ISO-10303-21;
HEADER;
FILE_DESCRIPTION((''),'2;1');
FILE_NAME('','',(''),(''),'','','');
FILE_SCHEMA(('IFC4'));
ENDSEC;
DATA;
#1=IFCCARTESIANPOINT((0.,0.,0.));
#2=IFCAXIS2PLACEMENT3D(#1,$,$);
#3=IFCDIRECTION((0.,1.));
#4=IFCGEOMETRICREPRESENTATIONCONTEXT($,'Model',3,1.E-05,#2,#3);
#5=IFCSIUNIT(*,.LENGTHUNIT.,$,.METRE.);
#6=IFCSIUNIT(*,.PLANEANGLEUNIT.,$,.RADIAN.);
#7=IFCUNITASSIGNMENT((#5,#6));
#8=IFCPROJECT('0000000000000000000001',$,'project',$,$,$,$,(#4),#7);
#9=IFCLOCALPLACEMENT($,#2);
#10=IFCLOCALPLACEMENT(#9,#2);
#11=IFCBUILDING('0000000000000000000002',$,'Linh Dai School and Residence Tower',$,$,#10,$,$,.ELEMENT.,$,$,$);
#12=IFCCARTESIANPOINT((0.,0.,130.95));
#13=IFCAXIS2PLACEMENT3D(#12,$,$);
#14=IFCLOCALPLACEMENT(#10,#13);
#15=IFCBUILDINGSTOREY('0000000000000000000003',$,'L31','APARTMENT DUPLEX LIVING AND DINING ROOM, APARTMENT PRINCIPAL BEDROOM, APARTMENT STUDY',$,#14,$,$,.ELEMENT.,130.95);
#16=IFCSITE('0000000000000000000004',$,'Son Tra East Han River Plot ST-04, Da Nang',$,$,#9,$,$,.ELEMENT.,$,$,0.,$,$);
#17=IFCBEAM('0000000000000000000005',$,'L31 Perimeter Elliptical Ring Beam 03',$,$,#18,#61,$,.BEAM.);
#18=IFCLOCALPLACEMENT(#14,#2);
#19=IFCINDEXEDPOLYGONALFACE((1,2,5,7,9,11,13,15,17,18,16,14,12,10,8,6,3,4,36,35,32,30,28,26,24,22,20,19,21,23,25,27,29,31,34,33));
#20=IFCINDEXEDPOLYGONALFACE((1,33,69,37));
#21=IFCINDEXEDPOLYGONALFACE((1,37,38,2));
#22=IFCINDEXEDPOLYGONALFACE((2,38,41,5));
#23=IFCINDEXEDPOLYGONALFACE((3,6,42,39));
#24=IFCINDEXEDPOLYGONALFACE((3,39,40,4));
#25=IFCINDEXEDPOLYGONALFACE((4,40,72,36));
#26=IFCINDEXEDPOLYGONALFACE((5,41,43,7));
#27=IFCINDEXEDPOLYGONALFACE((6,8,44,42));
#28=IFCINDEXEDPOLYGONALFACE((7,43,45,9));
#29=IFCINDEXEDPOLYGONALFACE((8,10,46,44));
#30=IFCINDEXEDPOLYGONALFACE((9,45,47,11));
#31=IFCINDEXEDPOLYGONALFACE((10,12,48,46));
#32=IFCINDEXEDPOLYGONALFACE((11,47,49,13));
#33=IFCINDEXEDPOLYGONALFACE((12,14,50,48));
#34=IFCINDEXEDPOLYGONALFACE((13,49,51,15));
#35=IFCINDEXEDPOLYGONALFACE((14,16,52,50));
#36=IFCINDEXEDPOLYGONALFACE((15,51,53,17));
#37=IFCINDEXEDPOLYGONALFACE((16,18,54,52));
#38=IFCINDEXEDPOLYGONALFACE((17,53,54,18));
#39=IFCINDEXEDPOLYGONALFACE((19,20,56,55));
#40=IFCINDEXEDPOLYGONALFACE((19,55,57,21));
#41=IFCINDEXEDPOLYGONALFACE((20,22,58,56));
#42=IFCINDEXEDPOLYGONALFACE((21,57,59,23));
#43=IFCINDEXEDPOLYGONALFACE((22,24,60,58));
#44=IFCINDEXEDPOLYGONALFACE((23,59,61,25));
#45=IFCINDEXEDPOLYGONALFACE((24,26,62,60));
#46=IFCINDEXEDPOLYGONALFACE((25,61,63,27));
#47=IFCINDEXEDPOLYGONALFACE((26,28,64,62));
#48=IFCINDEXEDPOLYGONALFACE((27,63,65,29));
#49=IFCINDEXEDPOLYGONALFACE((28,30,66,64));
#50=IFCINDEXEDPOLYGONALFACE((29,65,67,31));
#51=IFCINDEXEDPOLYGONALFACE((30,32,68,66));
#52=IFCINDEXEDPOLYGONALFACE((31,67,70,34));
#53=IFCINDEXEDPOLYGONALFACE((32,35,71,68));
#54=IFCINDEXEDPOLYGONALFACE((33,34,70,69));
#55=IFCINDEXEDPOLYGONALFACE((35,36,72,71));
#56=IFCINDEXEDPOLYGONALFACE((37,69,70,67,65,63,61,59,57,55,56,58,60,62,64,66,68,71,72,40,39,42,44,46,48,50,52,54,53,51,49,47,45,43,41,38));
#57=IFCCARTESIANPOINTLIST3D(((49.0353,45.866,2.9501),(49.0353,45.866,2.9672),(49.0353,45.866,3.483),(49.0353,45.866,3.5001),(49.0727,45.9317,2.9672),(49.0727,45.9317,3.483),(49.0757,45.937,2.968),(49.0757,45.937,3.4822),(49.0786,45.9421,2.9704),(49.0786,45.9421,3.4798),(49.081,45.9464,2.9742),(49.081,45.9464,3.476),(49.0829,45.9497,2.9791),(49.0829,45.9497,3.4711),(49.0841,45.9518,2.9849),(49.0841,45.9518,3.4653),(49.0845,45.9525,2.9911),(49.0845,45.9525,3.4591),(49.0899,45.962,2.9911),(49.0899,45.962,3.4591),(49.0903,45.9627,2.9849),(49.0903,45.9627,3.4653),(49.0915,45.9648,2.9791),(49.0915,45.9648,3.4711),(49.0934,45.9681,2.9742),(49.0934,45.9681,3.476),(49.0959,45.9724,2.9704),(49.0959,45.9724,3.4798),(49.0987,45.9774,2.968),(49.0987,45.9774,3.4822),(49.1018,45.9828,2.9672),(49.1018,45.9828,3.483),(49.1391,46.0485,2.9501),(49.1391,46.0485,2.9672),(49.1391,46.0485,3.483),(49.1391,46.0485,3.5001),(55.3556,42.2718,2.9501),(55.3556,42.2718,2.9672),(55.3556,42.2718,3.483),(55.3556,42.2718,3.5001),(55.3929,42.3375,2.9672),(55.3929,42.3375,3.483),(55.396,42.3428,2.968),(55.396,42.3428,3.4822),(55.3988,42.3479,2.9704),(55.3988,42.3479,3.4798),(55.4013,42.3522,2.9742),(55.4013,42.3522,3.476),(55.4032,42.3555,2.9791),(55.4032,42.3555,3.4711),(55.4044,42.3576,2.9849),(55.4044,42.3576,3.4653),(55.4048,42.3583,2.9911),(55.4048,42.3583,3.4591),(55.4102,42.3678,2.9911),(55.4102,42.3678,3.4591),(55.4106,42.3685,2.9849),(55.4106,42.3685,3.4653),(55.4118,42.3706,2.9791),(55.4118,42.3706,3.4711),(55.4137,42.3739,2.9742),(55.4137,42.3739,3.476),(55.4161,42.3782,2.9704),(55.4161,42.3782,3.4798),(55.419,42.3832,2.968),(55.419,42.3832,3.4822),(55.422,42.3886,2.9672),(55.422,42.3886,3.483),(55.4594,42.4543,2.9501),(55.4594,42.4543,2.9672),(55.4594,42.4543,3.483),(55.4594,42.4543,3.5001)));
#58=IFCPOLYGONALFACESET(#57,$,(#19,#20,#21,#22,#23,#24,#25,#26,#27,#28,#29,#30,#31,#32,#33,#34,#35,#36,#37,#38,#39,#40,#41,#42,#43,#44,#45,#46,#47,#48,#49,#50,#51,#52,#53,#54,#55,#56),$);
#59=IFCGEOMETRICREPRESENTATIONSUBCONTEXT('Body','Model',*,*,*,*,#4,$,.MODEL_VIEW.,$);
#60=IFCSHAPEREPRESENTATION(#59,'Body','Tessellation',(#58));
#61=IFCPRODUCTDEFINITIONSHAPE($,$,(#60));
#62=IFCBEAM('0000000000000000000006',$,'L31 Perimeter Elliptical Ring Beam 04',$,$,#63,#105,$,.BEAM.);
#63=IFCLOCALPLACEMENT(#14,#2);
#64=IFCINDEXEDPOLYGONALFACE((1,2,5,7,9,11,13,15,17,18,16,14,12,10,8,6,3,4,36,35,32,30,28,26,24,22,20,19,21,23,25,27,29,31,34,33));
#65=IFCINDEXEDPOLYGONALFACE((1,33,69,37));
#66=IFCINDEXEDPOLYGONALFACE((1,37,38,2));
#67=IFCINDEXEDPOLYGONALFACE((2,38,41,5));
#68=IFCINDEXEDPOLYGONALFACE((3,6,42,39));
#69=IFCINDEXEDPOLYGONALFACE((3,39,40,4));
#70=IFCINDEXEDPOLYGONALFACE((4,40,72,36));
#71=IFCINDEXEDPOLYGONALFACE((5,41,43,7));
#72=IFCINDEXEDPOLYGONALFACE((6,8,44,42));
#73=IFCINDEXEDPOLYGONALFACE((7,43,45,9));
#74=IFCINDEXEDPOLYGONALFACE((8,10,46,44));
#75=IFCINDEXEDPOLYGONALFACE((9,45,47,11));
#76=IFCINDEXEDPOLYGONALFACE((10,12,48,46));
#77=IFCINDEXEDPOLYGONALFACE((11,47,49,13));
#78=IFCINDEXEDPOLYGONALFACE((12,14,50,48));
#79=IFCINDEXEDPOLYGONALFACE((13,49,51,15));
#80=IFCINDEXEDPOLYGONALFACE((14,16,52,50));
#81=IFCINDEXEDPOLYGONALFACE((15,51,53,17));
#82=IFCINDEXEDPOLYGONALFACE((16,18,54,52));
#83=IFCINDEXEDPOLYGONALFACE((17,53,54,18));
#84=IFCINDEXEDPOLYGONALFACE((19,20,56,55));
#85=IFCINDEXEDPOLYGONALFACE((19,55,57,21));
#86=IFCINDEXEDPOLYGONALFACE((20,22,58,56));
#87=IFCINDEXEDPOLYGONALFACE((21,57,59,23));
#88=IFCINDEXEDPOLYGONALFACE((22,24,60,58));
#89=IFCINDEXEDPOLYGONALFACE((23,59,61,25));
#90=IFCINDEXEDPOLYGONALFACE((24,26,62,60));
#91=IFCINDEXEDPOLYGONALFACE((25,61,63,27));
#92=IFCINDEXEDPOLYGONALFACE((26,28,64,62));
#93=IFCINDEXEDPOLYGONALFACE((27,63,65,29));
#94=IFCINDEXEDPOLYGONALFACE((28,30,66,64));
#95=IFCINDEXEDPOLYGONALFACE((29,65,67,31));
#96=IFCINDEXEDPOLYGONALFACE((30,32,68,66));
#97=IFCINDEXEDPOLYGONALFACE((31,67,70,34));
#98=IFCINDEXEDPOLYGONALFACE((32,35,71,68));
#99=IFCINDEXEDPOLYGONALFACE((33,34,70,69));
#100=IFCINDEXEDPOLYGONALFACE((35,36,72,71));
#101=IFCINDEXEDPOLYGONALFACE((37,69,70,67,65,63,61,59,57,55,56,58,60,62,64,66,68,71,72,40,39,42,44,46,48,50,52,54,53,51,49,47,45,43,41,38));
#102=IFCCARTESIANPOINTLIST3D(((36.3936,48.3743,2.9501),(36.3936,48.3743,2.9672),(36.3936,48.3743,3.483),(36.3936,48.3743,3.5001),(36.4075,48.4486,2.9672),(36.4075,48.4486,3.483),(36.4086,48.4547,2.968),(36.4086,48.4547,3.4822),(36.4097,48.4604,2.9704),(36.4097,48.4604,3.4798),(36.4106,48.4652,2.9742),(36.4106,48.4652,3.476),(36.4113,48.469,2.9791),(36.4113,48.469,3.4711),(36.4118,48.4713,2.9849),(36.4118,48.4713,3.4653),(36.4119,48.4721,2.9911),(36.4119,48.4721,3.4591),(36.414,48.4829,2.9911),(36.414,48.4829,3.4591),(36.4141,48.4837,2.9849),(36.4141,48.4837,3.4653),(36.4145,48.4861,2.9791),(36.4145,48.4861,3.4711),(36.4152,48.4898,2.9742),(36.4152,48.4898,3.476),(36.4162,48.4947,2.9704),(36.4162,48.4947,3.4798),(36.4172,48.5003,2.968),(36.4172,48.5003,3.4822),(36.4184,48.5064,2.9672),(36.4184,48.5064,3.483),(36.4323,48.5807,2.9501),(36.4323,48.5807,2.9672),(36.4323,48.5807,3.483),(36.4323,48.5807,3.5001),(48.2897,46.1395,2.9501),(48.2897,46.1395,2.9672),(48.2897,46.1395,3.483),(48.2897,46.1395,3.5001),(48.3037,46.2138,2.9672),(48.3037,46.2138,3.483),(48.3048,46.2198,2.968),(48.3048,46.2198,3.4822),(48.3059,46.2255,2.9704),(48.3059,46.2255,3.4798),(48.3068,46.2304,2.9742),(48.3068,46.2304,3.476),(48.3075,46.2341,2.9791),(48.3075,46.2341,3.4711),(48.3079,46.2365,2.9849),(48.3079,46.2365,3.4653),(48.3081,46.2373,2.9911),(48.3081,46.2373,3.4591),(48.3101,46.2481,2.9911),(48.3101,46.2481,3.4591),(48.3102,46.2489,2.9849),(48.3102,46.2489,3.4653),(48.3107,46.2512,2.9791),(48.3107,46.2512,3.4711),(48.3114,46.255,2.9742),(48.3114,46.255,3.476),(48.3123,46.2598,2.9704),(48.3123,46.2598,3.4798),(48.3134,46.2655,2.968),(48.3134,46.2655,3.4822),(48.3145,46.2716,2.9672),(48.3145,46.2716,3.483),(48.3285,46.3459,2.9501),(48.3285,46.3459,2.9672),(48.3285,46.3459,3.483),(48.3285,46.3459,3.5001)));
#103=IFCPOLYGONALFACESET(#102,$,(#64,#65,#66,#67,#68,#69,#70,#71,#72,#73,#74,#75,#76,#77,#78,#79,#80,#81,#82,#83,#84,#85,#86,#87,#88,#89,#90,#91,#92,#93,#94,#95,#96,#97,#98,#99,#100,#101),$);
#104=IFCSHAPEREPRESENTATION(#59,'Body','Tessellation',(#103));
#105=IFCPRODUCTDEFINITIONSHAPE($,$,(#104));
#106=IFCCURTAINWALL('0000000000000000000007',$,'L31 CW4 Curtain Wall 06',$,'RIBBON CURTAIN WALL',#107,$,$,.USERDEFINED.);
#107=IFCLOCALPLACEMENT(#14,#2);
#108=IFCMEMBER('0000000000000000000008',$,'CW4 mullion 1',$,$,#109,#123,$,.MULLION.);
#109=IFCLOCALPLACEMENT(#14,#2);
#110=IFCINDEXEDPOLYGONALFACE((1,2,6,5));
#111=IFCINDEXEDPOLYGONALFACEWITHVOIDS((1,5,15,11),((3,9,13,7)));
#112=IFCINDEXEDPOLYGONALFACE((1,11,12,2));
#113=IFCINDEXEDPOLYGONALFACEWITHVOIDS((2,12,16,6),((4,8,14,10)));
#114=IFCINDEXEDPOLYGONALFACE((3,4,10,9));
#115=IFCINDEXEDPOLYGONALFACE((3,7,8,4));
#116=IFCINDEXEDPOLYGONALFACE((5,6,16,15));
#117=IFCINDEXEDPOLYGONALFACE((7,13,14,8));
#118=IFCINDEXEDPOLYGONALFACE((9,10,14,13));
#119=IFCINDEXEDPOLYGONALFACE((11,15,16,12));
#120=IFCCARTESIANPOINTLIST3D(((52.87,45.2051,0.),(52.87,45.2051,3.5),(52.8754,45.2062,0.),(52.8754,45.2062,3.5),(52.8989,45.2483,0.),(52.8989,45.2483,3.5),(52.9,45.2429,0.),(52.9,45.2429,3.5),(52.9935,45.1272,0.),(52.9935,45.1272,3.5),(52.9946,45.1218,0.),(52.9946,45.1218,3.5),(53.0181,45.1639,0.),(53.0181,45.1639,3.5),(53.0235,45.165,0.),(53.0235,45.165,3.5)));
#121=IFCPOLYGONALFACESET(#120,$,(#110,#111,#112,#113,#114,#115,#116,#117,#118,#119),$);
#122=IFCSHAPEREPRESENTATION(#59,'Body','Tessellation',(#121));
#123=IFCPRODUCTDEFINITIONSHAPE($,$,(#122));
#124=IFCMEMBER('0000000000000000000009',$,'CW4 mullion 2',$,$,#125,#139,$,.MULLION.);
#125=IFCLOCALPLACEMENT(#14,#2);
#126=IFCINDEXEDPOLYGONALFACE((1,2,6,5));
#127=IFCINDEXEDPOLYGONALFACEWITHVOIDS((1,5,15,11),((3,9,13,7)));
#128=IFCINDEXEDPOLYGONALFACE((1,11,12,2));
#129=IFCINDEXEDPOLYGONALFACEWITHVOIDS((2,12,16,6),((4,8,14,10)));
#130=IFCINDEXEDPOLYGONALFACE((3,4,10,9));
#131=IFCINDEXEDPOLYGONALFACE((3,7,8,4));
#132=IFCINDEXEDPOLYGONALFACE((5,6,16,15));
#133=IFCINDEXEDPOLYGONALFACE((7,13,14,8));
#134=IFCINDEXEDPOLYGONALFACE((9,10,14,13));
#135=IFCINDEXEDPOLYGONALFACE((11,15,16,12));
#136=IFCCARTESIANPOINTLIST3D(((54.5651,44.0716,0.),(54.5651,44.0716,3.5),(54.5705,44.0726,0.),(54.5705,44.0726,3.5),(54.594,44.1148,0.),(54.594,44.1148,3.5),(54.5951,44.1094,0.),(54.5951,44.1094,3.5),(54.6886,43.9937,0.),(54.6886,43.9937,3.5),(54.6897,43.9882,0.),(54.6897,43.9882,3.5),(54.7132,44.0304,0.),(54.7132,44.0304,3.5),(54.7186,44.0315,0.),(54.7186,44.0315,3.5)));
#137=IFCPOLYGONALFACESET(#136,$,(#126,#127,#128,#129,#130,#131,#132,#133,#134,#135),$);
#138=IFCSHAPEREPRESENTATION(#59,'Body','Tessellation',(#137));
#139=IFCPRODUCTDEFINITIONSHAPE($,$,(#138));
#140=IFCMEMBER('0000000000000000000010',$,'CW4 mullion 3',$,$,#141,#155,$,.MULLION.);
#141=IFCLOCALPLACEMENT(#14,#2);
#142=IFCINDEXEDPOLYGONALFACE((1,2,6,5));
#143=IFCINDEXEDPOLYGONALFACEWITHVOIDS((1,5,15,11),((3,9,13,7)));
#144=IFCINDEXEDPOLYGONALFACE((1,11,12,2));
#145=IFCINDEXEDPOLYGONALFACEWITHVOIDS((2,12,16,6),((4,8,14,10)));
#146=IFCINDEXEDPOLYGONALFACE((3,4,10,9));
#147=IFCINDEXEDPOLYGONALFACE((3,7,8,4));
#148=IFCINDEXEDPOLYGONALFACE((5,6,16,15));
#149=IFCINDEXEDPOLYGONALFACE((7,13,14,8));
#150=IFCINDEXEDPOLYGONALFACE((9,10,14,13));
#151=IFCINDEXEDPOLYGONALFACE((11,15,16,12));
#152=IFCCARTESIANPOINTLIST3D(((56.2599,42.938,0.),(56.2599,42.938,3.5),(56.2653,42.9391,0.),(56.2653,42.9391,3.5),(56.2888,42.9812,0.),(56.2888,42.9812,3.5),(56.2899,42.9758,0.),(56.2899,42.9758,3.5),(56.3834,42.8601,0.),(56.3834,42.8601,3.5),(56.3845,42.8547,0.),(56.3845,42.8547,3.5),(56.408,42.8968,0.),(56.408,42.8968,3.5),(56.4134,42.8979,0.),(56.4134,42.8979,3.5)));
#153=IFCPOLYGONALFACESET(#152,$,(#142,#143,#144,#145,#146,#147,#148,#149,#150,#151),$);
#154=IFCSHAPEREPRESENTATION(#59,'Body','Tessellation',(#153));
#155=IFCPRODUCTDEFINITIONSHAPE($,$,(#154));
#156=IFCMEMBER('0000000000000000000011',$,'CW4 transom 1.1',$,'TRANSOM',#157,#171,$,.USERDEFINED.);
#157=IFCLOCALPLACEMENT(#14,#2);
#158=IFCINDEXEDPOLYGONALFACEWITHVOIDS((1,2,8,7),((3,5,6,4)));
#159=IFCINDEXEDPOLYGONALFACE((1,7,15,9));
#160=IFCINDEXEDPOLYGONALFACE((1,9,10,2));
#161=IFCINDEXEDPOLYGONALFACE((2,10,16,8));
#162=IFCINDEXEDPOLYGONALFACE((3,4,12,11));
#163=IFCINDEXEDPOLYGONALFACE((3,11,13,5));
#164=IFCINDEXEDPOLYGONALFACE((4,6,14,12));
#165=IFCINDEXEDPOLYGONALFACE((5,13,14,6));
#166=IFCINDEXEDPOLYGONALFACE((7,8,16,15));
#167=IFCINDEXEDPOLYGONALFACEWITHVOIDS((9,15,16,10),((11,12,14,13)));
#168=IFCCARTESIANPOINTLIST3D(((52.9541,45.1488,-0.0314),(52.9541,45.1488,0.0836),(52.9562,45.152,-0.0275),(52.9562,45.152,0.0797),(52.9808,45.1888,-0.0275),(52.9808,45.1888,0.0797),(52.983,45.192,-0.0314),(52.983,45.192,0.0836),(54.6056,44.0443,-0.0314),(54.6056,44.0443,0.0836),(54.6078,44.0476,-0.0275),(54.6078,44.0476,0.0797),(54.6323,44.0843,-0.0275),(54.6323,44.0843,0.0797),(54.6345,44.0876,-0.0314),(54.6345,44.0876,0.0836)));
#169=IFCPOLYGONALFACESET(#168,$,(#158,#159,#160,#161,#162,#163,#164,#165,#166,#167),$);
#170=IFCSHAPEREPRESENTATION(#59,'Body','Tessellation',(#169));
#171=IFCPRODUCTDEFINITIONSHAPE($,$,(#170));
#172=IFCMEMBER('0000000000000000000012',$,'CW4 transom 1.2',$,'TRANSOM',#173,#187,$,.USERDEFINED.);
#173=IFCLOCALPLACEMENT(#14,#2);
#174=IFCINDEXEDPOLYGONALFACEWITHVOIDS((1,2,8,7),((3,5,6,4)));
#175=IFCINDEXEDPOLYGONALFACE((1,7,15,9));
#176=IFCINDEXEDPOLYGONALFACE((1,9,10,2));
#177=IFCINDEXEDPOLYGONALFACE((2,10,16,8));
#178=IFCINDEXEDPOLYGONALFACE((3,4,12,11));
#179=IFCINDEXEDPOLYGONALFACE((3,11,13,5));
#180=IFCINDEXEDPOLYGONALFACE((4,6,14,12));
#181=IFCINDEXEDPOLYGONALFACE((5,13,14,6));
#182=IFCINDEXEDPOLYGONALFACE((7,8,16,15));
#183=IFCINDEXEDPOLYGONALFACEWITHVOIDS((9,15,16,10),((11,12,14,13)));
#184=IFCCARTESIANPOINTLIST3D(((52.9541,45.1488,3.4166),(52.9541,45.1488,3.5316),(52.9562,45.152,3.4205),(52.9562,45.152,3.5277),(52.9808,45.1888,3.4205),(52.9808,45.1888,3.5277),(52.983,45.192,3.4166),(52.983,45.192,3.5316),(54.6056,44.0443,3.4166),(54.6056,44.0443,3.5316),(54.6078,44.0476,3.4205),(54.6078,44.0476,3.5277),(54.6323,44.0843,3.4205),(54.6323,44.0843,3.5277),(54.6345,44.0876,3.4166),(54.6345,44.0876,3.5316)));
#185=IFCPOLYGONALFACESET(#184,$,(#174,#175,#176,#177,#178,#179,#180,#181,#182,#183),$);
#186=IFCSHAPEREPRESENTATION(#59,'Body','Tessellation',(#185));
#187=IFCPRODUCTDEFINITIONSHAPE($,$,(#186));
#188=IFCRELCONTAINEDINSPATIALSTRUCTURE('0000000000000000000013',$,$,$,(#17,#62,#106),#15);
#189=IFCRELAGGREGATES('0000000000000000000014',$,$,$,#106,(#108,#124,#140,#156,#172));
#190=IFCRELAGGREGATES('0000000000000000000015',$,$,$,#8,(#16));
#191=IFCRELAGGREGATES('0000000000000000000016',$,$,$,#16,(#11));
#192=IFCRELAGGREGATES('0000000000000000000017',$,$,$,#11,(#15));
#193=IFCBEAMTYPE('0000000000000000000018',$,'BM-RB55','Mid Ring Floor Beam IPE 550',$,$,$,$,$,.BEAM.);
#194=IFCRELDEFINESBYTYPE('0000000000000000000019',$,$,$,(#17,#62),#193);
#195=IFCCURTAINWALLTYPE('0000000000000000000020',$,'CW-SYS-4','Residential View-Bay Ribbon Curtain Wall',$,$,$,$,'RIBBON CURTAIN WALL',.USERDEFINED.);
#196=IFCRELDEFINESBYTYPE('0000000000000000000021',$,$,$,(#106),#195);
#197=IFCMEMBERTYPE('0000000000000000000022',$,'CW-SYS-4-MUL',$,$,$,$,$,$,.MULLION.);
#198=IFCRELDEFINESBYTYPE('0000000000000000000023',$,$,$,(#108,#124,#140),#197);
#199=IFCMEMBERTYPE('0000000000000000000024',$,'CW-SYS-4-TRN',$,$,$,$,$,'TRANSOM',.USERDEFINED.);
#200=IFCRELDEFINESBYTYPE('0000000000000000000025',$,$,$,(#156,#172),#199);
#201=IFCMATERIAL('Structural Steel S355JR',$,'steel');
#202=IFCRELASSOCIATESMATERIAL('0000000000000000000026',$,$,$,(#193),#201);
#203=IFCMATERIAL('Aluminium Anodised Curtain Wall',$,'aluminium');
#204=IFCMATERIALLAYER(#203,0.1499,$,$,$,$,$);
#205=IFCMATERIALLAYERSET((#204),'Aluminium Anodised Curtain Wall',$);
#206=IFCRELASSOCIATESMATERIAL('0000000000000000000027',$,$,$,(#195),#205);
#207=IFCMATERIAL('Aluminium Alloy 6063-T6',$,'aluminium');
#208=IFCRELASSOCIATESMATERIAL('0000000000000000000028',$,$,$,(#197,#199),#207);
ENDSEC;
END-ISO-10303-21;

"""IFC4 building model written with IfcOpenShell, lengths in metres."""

from ifc_helpers import new_model, si_unit, direction, frame, origin, origin_2d, place, context, subcontext, project, spatial, hollow_rectangle, i_section, extrude, source, transform, mapped, material, layer, layer_set, material_profile, profile_set, type_object, element, aggregate, save


model = new_model("IFC4")

# Units and contexts
model_context = context("Model", 3, precision=1e-05, world=origin(), true_north=direction((0.0, 1.0)))
body_context = subcontext(model_context, "Body", "Model", "MODEL_VIEW")
ifc_project = project(units=[si_unit("LENGTHUNIT", "METRE"), si_unit("PLANEANGLEUNIT", "RADIAN")], contexts=[model_context])

# Site, building, storey
site_placement = place(None, origin())
site = spatial("IfcSite", under=ifc_project, at=site_placement, Name="Son Tra East Han River Plot ST-04, Da Nang", CompositionType="ELEMENT", RefElevation=0.0)
building_placement = place(site_placement, origin())
building = spatial("IfcBuilding", under=site, at=building_placement, Name="Linh Dai School and Residence Tower", CompositionType="ELEMENT")
storey_placement = place(building_placement, frame((0.0, 0.0, 130.95)))
storey = spatial("IfcBuildingStorey", under=building, at=storey_placement, Name="L31", Description="APARTMENT DUPLEX LIVING AND DINING ROOM, APARTMENT PRINCIPAL BEDROOM, APARTMENT STUDY", CompositionType="ELEMENT", Elevation=130.95)

# Shared definitions
ifc_material_1 = material(Name="Structural Steel S355JR", Category="steel")

# Beams
ifc_material_profile_1 = material_profile(ifc_material_1, i_section(OverallWidth=0.21, OverallDepth=0.55, WebThickness=0.011, FlangeThickness=0.0171, FilletRadius=0.0239, at=origin_2d()), Name="IPE 550")
ifc_profile_set_1 = profile_set([ifc_material_profile_1], Name="Structural Steel S355JR")
beam_type = type_object("IfcBeamType", Name="BM-RB55", Description="Mid Ring Floor Beam IPE 550", PredefinedType="BEAM", material=ifc_profile_set_1)
beam_1_placement = place(storey_placement, frame((55.4075, 42.363, 3.2251), z_axis=(-0.86927, 0.494337, 0.0), x_axis=(-0.494337, -0.86927, 0.0)))
element("IfcBeam", 1, at=beam_1_placement, inside=storey, type_object=beam_type, Name="L31 Perimeter Elliptical Ring Beam 03", PredefinedType="BEAM", context=body_context, shape_type="SweptSolid", body=[
    extrude(i_section(OverallWidth=0.21, OverallDepth=0.55, WebThickness=0.011, FlangeThickness=0.0171, FilletRadius=0.0239, at=origin_2d()), origin(), (0.0, 0.0, 1.0), 7.2708),
])
beam_2_placement = place(storey_placement, frame((48.3091, 46.2427, 3.2251), z_axis=(-0.982808, 0.184633, 0.0), x_axis=(-0.184633, -0.982808, 0.0)))
element("IfcBeam", 2, at=beam_2_placement, inside=storey, type_object=beam_type, Name="L31 Perimeter Elliptical Ring Beam 04", PredefinedType="BEAM", context=body_context, shape_type="SweptSolid", body=[
    extrude(i_section(OverallWidth=0.21, OverallDepth=0.55, WebThickness=0.011, FlangeThickness=0.0171, FilletRadius=0.0239, at=origin_2d()), origin(), (0.0, 0.0, 1.0), 12.1042),
])

# Curtain wall, members
ifc_material_2 = material(Name="Aluminium Anodised Curtain Wall", Category="aluminium")
ifc_layer_1 = layer(ifc_material_2, 0.1499)
ifc_layer_set_1 = layer_set([ifc_layer_1], Name="Aluminium Anodised Curtain Wall")
curtain_wall_type = type_object("IfcCurtainWallType", Name="CW-SYS-4", Description="Residential View-Bay Ribbon Curtain Wall", ElementType="RIBBON CURTAIN WALL", PredefinedType="USERDEFINED", material=ifc_layer_set_1)
curtain_wall_placement = place(storey_placement, origin())
curtain_wall = element("IfcCurtainWall", 3, at=curtain_wall_placement, inside=storey, type_object=curtain_wall_type, Name="L31 CW4 Curtain Wall 06", ObjectType="RIBBON CURTAIN WALL", PredefinedType="USERDEFINED")
ifc_material_3 = material(Name="Aluminium Alloy 6063-T6", Category="aluminium")
ifc_material_profile_2 = material_profile(ifc_material_3, hollow_rectangle(XDim=0.052, YDim=0.1499, WallThickness=0.0039, at=origin_2d()), Name="RHS 150x52x4")
ifc_profile_set_2 = profile_set([ifc_material_profile_2], Name="Aluminium Alloy 6063-T6")
member_type_1 = type_object("IfcMemberType", Name="CW-SYS-4-MUL", PredefinedType="MULLION", material=ifc_profile_set_2)
shared_shape_1 = source(origin(), body_context, "Body", "SweptSolid", [
    extrude(hollow_rectangle(XDim=0.052, YDim=0.1499, WallThickness=0.0039, at=origin_2d()), origin(), (0.0, 0.0, 1.0), 3.5),
])
member_1_placement = place(storey_placement, frame((52.9468, 45.1851, 0.0), z_axis=(0.0, 0.0, 1.0), x_axis=(0.555913, 0.83124, 0.0)))
member_1 = element("IfcMember", 4, at=member_1_placement, type_object=member_type_1, Name="CW4 mullion 1", PredefinedType="MULLION", context=body_context, shape_type="MappedRepresentation", body=[
    mapped(shared_shape_1, transform((0.0, 0.0, 0.0), x_axis=(1.0, 0.0, 0.0), y_axis=(0.0, 1.0, 0.0), z_axis=(0.0, 0.0, 1.0), scale=1.0)),
])
member_2_placement = place(storey_placement, frame((54.6418, 44.0515, 0.0), z_axis=(0.0, 0.0, 1.0), x_axis=(0.555913, 0.83124, 0.0)))
member_2 = element("IfcMember", 5, at=member_2_placement, type_object=member_type_1, Name="CW4 mullion 2", PredefinedType="MULLION", context=body_context, shape_type="MappedRepresentation", body=[
    mapped(shared_shape_1, transform((0.0, 0.0, 0.0), x_axis=(1.0, 0.0, 0.0), y_axis=(0.0, 1.0, 0.0), z_axis=(0.0, 0.0, 1.0), scale=1.0)),
])
member_3_placement = place(storey_placement, frame((56.3367, 42.918, 0.0), z_axis=(0.0, 0.0, 1.0), x_axis=(0.555913, 0.83124, 0.0)))
member_3 = element("IfcMember", 6, at=member_3_placement, type_object=member_type_1, Name="CW4 mullion 3", PredefinedType="MULLION", context=body_context, shape_type="MappedRepresentation", body=[
    mapped(shared_shape_1, transform((0.0, 0.0, 0.0), x_axis=(1.0, 0.0, 0.0), y_axis=(0.0, 1.0, 0.0), z_axis=(0.0, 0.0, 1.0), scale=1.0)),
])
ifc_material_profile_3 = material_profile(ifc_material_3, hollow_rectangle(XDim=0.052, YDim=0.115, WallThickness=0.0039, at=origin_2d()), Name="RHS 115x52x4")
ifc_profile_set_3 = profile_set([ifc_material_profile_3], Name="Aluminium Alloy 6063-T6")
member_type_2 = type_object("IfcMemberType", Name="CW-SYS-4-TRN", ElementType="TRANSOM", PredefinedType="USERDEFINED", material=ifc_profile_set_3)
shared_shape_2 = source(origin(), body_context, "Body", "SweptSolid", [
    extrude(hollow_rectangle(XDim=0.052, YDim=0.115, WallThickness=0.0039, at=origin_2d()), origin(), (0.0, 0.0, 1.0), 1.9868),
])
member_4_placement = place(storey_placement, frame((52.9685, 45.1704, 0.0261), z_axis=(0.831255, -0.555891, 0.0), x_axis=(0.555891, 0.831255, 0.0)))
member_4 = element("IfcMember", 7, at=member_4_placement, type_object=member_type_2, Name="CW4 transom 1.1", ObjectType="TRANSOM", PredefinedType="USERDEFINED", context=body_context, shape_type="MappedRepresentation", body=[
    mapped(shared_shape_2, transform((0.0, 0.0, 0.0), x_axis=(1.0, 0.0, 0.0), y_axis=(0.0, 1.0, 0.0), z_axis=(0.0, 0.0, 1.0), scale=1.0)),
])
member_5_placement = place(storey_placement, frame((52.9685, 45.1704, 3.4741), z_axis=(0.831255, -0.555891, 0.0), x_axis=(0.555891, 0.831255, 0.0)))
member_5 = element("IfcMember", 8, at=member_5_placement, type_object=member_type_2, Name="CW4 transom 1.2", ObjectType="TRANSOM", PredefinedType="USERDEFINED", context=body_context, shape_type="MappedRepresentation", body=[
    mapped(shared_shape_2, transform((0.0, 0.0, 0.0), x_axis=(1.0, 0.0, 0.0), y_axis=(0.0, 1.0, 0.0), z_axis=(0.0, 0.0, 1.0), scale=1.0)),
])

aggregate(curtain_wall, [member_1, member_2, member_3, member_4, member_5])

save(model, "model.ifc")
